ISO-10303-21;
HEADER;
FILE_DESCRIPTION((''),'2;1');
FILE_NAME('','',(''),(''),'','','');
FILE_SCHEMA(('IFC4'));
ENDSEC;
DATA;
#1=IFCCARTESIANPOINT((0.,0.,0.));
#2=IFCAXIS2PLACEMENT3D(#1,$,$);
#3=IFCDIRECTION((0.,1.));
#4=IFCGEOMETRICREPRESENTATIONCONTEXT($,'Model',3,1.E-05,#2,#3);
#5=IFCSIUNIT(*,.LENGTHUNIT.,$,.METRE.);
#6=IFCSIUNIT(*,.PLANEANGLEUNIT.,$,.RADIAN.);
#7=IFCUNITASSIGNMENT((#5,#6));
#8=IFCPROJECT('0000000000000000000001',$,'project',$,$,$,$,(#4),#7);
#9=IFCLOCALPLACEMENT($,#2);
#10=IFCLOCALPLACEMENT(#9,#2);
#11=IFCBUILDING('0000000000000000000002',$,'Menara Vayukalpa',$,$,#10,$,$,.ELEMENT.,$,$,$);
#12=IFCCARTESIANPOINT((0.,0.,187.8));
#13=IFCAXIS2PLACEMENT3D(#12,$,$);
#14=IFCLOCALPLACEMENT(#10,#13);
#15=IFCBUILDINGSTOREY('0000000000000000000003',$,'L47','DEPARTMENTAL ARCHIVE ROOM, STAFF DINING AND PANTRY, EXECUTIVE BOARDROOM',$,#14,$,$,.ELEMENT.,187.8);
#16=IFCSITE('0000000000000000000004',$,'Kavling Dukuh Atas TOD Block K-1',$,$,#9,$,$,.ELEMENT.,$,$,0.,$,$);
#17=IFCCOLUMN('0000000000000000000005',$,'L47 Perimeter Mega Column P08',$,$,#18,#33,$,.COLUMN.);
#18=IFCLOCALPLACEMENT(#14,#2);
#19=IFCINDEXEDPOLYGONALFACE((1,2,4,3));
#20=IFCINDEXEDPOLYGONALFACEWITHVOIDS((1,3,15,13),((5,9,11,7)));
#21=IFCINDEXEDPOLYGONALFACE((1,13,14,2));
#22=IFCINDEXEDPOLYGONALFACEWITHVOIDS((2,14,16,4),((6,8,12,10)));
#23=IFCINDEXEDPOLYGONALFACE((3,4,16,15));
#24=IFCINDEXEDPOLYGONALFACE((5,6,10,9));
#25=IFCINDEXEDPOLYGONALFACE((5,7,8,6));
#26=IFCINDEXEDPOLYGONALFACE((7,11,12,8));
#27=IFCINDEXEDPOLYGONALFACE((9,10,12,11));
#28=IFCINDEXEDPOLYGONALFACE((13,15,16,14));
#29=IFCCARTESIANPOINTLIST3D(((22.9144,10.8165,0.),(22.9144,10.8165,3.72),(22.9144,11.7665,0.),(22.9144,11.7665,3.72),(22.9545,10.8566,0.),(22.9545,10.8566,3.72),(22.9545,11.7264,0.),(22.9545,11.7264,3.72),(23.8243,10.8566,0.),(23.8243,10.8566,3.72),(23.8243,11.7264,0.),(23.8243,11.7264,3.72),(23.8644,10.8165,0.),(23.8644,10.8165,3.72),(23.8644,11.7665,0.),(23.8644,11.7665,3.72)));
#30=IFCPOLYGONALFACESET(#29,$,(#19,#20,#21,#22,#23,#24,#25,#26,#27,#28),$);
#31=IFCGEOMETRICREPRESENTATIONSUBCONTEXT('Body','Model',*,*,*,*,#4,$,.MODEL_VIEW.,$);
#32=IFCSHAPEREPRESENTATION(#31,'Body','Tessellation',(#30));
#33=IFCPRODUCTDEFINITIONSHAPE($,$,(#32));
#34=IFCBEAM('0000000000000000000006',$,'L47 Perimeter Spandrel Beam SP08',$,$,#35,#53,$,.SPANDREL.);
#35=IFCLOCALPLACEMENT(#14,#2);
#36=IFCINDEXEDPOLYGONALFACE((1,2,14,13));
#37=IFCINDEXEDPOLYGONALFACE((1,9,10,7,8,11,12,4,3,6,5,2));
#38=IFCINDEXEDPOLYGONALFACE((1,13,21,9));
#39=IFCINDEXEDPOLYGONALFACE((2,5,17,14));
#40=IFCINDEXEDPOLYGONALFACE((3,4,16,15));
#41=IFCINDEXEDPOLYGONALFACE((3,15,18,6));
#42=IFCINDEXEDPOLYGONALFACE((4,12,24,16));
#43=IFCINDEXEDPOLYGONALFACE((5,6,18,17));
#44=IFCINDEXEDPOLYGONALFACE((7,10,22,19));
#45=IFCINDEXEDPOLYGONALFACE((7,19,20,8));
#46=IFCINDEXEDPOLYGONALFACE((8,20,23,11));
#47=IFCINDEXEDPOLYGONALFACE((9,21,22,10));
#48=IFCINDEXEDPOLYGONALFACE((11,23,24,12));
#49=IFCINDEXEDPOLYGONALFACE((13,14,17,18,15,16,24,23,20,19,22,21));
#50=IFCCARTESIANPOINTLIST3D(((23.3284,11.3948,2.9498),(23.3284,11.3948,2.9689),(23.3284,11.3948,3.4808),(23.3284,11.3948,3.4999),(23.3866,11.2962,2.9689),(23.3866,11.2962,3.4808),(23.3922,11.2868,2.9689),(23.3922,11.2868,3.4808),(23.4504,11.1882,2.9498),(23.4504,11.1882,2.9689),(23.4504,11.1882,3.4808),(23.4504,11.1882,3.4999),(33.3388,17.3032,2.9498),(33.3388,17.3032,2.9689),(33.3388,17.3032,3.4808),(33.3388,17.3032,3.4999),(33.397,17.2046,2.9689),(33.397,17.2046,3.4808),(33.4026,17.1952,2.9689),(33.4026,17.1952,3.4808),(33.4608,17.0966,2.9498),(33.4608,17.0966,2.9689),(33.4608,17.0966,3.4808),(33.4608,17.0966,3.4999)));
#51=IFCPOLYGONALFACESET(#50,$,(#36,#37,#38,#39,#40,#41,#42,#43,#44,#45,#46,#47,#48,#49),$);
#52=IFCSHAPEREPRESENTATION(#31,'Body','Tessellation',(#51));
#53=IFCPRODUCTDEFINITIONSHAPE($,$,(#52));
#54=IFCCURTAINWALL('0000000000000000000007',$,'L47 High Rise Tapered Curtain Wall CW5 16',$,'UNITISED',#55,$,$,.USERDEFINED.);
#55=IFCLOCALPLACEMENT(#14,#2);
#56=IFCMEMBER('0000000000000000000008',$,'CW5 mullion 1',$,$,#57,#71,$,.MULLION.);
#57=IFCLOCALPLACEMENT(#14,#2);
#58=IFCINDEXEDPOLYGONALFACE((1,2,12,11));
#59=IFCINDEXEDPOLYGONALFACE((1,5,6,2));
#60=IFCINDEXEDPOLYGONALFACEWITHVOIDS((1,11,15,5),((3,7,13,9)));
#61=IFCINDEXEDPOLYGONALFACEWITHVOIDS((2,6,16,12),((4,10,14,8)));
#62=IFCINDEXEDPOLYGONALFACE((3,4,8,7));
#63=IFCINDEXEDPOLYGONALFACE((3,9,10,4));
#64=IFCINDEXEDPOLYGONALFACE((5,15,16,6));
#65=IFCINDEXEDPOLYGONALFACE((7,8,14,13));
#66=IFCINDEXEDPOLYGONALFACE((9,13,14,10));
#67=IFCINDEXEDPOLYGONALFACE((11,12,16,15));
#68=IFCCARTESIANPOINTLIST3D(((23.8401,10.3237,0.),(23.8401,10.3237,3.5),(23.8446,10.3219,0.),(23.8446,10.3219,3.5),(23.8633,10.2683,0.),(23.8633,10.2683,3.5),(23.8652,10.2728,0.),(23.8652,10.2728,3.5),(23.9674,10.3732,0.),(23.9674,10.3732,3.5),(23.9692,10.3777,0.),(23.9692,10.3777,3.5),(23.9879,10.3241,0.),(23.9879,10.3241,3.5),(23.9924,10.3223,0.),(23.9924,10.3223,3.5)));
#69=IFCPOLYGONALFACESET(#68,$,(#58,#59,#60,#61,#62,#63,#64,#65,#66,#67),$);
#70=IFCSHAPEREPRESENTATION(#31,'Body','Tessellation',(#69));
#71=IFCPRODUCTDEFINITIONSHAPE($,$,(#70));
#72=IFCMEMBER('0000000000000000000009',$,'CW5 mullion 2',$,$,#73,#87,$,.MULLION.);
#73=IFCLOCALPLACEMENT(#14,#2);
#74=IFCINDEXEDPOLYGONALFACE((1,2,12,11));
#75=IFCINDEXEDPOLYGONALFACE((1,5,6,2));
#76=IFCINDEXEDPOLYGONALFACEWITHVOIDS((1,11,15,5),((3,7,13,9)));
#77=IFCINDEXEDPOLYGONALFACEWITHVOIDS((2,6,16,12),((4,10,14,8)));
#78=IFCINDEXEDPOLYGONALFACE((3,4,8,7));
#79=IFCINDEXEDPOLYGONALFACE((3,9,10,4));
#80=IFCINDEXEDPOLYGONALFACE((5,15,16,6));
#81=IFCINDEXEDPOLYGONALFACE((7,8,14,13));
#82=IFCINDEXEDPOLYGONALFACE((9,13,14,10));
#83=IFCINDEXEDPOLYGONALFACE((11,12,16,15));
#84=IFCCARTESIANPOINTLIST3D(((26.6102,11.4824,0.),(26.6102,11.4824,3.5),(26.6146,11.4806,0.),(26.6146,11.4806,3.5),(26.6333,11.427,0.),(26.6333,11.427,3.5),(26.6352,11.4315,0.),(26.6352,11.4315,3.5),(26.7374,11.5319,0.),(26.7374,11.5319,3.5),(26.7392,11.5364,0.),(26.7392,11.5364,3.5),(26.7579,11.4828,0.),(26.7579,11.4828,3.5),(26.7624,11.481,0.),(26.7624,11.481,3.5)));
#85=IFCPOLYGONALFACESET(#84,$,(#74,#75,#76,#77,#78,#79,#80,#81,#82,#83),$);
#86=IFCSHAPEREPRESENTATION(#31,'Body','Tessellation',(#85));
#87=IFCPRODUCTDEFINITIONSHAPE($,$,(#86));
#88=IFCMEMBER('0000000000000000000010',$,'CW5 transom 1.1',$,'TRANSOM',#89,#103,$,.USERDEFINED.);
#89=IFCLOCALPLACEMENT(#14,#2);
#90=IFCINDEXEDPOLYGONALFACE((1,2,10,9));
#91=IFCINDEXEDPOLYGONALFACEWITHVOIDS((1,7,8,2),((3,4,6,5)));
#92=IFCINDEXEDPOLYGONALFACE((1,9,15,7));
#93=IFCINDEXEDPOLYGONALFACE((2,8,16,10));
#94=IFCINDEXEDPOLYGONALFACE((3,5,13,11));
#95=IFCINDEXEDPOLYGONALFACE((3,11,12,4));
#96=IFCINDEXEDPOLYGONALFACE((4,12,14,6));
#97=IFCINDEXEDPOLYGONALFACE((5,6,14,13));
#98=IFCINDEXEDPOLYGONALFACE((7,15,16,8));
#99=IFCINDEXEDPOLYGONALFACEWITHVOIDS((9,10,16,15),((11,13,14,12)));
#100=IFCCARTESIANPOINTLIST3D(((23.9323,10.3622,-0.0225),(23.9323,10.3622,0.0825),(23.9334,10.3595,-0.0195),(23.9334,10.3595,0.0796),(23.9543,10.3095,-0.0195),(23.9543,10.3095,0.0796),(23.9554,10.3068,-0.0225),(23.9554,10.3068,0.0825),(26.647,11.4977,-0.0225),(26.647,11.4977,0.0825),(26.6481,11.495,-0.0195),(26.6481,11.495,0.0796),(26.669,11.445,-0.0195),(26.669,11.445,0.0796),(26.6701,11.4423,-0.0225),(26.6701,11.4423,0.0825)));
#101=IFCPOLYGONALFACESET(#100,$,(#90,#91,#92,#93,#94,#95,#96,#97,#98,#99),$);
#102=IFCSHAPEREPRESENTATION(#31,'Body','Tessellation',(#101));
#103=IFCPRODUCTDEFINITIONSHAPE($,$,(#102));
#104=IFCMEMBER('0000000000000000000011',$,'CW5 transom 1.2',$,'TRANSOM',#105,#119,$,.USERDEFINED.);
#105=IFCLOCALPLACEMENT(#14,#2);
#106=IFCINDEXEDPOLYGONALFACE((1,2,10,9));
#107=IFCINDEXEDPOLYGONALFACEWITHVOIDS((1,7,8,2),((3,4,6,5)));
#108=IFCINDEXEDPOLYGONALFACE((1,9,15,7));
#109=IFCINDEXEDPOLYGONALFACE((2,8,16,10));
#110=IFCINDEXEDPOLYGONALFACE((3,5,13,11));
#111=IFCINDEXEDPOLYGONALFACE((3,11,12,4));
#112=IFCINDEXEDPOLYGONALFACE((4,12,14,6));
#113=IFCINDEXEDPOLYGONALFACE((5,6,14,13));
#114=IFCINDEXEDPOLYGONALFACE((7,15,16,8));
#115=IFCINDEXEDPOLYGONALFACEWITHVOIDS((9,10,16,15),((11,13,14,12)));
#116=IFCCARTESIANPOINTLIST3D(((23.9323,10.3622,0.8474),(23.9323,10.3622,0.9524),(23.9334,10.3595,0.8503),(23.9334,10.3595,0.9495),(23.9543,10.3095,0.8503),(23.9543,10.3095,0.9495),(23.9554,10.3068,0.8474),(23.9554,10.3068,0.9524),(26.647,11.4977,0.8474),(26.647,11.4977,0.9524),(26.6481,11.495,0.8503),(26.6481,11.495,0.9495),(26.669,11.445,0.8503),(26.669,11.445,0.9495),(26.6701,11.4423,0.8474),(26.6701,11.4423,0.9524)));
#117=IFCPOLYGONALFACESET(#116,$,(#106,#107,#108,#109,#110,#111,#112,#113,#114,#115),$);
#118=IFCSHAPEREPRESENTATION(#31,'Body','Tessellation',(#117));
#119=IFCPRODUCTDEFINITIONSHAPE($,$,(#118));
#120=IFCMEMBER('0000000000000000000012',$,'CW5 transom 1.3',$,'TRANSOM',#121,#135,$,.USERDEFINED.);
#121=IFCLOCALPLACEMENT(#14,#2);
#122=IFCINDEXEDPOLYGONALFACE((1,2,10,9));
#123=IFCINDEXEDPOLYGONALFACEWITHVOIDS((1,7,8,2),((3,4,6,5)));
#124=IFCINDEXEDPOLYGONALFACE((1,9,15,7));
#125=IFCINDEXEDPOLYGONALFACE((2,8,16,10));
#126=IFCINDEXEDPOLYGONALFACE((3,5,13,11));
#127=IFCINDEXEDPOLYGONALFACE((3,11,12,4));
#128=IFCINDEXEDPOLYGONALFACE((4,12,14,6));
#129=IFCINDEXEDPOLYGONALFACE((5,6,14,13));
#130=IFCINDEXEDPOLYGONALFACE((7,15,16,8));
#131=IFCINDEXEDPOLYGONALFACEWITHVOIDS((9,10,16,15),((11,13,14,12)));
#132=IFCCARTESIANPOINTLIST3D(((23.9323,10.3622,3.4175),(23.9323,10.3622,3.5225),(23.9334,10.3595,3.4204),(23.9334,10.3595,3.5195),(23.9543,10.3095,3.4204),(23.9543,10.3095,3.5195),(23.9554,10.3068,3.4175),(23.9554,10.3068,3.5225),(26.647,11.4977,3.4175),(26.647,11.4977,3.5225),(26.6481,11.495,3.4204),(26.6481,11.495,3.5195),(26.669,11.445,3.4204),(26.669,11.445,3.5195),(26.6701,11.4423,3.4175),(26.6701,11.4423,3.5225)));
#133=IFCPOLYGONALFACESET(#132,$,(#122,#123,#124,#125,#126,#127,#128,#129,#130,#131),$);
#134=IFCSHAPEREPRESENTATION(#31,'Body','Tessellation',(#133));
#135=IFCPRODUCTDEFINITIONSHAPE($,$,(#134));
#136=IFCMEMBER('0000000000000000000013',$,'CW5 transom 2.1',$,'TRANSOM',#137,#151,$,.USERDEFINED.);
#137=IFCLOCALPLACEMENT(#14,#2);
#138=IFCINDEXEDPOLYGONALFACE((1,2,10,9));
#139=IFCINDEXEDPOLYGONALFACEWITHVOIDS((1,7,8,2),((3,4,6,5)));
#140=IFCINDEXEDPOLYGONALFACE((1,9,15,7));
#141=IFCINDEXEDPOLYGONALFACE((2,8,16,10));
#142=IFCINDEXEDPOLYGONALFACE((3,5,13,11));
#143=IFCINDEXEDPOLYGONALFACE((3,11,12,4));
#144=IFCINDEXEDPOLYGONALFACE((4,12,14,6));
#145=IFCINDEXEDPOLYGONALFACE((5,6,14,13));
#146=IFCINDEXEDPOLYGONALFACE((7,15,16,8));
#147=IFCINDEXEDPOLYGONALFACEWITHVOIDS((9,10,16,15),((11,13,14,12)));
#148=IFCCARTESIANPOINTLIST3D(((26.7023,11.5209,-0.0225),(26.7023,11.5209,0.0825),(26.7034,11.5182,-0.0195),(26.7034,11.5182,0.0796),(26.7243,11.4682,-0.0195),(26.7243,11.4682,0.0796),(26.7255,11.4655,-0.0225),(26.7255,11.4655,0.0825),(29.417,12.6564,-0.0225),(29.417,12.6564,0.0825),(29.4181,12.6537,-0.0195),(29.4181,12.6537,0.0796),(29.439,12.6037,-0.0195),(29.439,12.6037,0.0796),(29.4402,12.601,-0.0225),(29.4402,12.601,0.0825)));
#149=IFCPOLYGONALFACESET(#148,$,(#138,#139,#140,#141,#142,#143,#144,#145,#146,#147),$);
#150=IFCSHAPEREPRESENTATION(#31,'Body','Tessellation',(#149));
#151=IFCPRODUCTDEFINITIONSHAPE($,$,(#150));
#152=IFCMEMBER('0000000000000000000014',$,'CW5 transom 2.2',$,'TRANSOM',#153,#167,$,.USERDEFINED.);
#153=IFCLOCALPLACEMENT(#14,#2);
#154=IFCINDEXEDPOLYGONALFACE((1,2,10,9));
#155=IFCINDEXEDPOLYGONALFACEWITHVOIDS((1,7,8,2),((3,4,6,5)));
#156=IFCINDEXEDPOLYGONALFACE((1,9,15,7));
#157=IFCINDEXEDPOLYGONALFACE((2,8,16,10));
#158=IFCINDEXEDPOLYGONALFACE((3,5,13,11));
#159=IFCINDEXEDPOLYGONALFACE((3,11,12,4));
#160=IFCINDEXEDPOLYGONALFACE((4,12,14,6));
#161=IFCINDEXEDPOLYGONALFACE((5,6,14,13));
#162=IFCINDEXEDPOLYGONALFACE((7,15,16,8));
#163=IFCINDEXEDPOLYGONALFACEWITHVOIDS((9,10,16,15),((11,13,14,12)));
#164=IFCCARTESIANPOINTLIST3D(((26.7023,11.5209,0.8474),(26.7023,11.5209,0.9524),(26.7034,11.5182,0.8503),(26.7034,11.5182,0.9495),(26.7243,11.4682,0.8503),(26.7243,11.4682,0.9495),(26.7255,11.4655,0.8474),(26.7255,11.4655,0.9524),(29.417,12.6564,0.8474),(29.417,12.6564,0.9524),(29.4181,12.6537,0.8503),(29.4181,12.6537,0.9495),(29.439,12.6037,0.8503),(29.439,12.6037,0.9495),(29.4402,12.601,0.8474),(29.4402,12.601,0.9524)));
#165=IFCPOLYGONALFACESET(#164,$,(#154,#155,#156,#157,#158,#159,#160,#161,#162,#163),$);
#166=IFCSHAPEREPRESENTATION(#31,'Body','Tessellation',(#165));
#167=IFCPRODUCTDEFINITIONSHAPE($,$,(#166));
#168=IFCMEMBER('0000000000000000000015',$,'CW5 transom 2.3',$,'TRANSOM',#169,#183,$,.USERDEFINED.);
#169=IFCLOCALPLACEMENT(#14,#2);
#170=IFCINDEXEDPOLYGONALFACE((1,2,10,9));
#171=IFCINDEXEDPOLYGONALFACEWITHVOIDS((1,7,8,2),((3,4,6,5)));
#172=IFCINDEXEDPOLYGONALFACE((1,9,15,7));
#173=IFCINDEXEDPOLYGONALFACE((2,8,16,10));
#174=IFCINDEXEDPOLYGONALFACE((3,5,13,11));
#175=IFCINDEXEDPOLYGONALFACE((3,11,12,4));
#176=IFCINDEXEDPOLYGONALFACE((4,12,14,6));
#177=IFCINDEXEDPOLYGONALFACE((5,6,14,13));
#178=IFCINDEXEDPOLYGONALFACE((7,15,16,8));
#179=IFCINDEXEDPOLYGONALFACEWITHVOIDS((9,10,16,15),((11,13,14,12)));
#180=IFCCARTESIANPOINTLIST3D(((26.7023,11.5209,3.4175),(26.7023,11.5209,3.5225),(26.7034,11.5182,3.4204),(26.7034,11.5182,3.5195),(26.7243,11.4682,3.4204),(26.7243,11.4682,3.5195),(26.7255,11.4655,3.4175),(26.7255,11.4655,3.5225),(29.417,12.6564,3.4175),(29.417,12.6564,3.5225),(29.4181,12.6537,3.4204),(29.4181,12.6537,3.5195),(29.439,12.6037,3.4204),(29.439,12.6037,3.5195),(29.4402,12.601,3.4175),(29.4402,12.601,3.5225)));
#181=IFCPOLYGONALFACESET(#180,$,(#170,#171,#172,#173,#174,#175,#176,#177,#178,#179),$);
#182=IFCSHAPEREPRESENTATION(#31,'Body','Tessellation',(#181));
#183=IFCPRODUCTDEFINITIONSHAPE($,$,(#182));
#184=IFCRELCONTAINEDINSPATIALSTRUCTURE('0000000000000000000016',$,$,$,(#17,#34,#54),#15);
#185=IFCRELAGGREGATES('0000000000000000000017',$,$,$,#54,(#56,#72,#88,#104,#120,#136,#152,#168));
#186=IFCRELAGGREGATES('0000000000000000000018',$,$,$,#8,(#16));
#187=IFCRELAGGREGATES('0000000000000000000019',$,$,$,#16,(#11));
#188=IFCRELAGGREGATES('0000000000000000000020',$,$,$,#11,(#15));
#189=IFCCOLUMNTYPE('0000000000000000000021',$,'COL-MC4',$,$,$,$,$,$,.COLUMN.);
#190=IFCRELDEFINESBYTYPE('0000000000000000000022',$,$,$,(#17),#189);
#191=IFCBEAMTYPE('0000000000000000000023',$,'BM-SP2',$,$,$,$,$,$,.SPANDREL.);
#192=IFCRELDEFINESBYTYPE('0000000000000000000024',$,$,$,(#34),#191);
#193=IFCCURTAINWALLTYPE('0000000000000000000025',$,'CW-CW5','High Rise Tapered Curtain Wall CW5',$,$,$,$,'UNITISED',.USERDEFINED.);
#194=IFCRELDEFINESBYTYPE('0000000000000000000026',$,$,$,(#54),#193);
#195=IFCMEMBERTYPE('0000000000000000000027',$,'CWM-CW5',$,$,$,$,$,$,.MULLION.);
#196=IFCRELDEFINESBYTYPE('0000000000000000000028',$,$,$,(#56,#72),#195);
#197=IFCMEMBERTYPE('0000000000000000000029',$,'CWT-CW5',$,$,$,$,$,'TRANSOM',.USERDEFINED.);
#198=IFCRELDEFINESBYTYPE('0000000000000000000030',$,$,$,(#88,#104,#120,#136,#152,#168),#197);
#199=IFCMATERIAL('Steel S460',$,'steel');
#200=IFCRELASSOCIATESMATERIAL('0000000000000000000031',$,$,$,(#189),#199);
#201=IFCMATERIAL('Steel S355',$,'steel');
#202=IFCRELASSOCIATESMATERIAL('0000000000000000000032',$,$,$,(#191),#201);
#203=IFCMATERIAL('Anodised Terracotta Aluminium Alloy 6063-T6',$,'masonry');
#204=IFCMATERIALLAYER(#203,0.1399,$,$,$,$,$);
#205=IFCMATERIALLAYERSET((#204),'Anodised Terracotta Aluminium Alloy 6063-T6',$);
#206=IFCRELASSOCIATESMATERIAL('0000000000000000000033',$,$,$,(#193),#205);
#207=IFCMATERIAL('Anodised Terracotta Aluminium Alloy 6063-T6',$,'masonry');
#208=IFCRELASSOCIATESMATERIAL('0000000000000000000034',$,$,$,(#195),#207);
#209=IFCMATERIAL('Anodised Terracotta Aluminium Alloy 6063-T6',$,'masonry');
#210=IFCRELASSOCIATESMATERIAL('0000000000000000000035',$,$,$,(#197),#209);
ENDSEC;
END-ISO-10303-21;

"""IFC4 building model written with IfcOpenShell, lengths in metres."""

from ifc_helpers import new_model, si_unit, direction, frame, origin, origin_2d, place, context, subcontext, project, spatial, hollow_rectangle, i_section, extrude, material, layer, layer_set, material_profile, profile_set, type_object, element, aggregate, save


model = new_model("IFC4")

# Units and contexts
model_context = context("Model", 3, precision=1e-05, world=origin(), true_north=direction((0.0, 1.0)))
body_context = subcontext(model_context, "Body", "Model", "MODEL_VIEW")
ifc_project = project(units=[si_unit("LENGTHUNIT", "METRE"), si_unit("PLANEANGLEUNIT", "RADIAN")], contexts=[model_context])

# Site, building, storey
site_placement = place(None, origin())
site = spatial("IfcSite", under=ifc_project, at=site_placement, Name="Kavling Dukuh Atas TOD Block K-1", CompositionType="ELEMENT", RefElevation=0.0)
building_placement = place(site_placement, origin())
building = spatial("IfcBuilding", under=site, at=building_placement, Name="Menara Vayukalpa", CompositionType="ELEMENT")
storey_placement = place(building_placement, frame((0.0, 0.0, 187.8)))
storey = spatial("IfcBuildingStorey", under=building, at=storey_placement, Name="L47", Description="DEPARTMENTAL ARCHIVE ROOM, STAFF DINING AND PANTRY, EXECUTIVE BOARDROOM", CompositionType="ELEMENT", Elevation=187.8)

# Column
ifc_material_1 = material(Name="Steel S460", Category="steel")
ifc_material_profile_1 = material_profile(ifc_material_1, hollow_rectangle(XDim=0.95, YDim=0.95, WallThickness=0.04, at=origin_2d()), Name="BOX 950x950x40")
ifc_profile_set_1 = profile_set([ifc_material_profile_1], Name="Steel S460")
column_type = type_object("IfcColumnType", Name="COL-MC4", PredefinedType="COLUMN", material=ifc_profile_set_1)
column_placement = place(storey_placement, frame((23.3894, 11.2915, 0.0), z_axis=(0.0, 0.0, 1.0), x_axis=(1.0, 0.0, 0.0)))
element("IfcColumn", 1, at=column_placement, inside=storey, type_object=column_type, Name="L47 Perimeter Mega Column P08", PredefinedType="COLUMN", context=body_context, shape_type="SweptSolid", body=[
    extrude(hollow_rectangle(XDim=0.95, YDim=0.95, WallThickness=0.04, at=origin_2d()), origin(), (0.0, 0.0, 1.0), 3.72),
])

# Beam
ifc_material_2 = material(Name="Steel S355", Category="steel")
ifc_material_profile_2 = material_profile(ifc_material_2, i_section(OverallWidth=0.24, OverallDepth=0.55, WebThickness=0.011, FlangeThickness=0.019, at=origin_2d()), Name="WF 550x240x11x19")
ifc_profile_set_2 = profile_set([ifc_material_profile_2], Name="Steel S355")
beam_type = type_object("IfcBeamType", Name="BM-SP2", PredefinedType="SPANDREL", material=ifc_profile_set_2)
beam_placement = place(storey_placement, frame((23.3894, 11.2915, 3.2249), z_axis=(0.861184, 0.508293, 0.0), x_axis=(-0.508293, 0.861184, 0.0)))
element("IfcBeam", 2, at=beam_placement, inside=storey, type_object=beam_type, Name="L47 Perimeter Spandrel Beam SP08", PredefinedType="SPANDREL", context=body_context, shape_type="SweptSolid", body=[
    extrude(i_section(OverallWidth=0.24, OverallDepth=0.55, WebThickness=0.011, FlangeThickness=0.019, at=origin_2d()), origin(), (0.0, 0.0, 1.0), 11.624),
])

# Curtain wall, members
ifc_material_3 = material(Name="Anodised Terracotta Aluminium Alloy 6063-T6", Category="masonry")
ifc_layer_1 = layer(ifc_material_3, 0.1399)
ifc_layer_set_1 = layer_set([ifc_layer_1], Name="Anodised Terracotta Aluminium Alloy 6063-T6")
curtain_wall_type = type_object("IfcCurtainWallType", Name="CW-CW5", Description="High Rise Tapered Curtain Wall CW5", ElementType="UNITISED", PredefinedType="USERDEFINED", material=ifc_layer_set_1)
curtain_wall_placement = place(storey_placement, origin())
curtain_wall = element("IfcCurtainWall", 3, at=curtain_wall_placement, inside=storey, type_object=curtain_wall_type, Name="L47 High Rise Tapered Curtain Wall CW5 16", ObjectType="UNITISED", PredefinedType="USERDEFINED")
ifc_material_4 = material(Name="Anodised Terracotta Aluminium Alloy 6063-T6", Category="masonry")
ifc_material_profile_3 = material_profile(ifc_material_4, hollow_rectangle(XDim=0.0601, YDim=0.1399, WallThickness=0.0034, at=origin_2d()), Name="ALU 60x140x3.5")
ifc_profile_set_3 = profile_set([ifc_material_profile_3], Name="Anodised Terracotta Aluminium Alloy 6063-T6")
member_type_1 = type_object("IfcMemberType", Name="CWM-CW5", PredefinedType="MULLION", material=ifc_profile_set_3)
member_1_placement = place(storey_placement, frame((23.9163, 10.323, 0.0), z_axis=(0.0, 0.0, 1.0), x_axis=(-0.385903, 0.922539, 0.0)))
member_1 = element("IfcMember", 4, at=member_1_placement, type_object=member_type_1, Name="CW5 mullion 1", PredefinedType="MULLION", context=body_context, shape_type="SweptSolid", body=[
    extrude(hollow_rectangle(XDim=0.0601, YDim=0.1399, WallThickness=0.0034, at=origin_2d()), origin(), (0.0, 0.0, 1.0), 3.5),
])
member_2_placement = place(storey_placement, frame((26.6863, 11.4817, 0.0), z_axis=(0.0, 0.0, 1.0), x_axis=(-0.385903, 0.922539, 0.0)))
member_2 = element("IfcMember", 5, at=member_2_placement, type_object=member_type_1, Name="CW5 mullion 2", PredefinedType="MULLION", context=body_context, shape_type="SweptSolid", body=[
    extrude(hollow_rectangle(XDim=0.0601, YDim=0.1399, WallThickness=0.0034, at=origin_2d()), origin(), (0.0, 0.0, 1.0), 3.5),
])
ifc_material_5 = material(Name="Anodised Terracotta Aluminium Alloy 6063-T6", Category="masonry")
ifc_material_profile_4 = material_profile(ifc_material_5, hollow_rectangle(XDim=0.0601, YDim=0.105, WallThickness=0.0029, at=origin_2d()), Name="ALU 60x105x3")
ifc_profile_set_4 = profile_set([ifc_material_profile_4], Name="Anodised Terracotta Aluminium Alloy 6063-T6")
member_type_2 = type_object("IfcMemberType", Name="CWT-CW5", ElementType="TRANSOM", PredefinedType="USERDEFINED", material=ifc_profile_set_4)
member_3_placement = place(storey_placement, frame((23.9438, 10.3345, 0.03), z_axis=(0.922543, 0.385893, 0.0), x_axis=(-0.385893, 0.922543, 0.0)))
member_3 = element("IfcMember", 6, at=member_3_placement, type_object=member_type_2, Name="CW5 transom 1.1", ObjectType="TRANSOM", PredefinedType="USERDEFINED", context=body_context, shape_type="SweptSolid", body=[
    extrude(hollow_rectangle(XDim=0.0601, YDim=0.105, WallThickness=0.0029, at=origin_2d()), origin(), (0.0, 0.0, 1.0), 2.9426),
])
member_4_placement = place(storey_placement, frame((23.9438, 10.3345, 0.8999), z_axis=(0.922543, 0.385893, 0.0), x_axis=(-0.385893, 0.922543, 0.0)))
member_4 = element("IfcMember", 7, at=member_4_placement, type_object=member_type_2, Name="CW5 transom 1.2", ObjectType="TRANSOM", PredefinedType="USERDEFINED", context=body_context, shape_type="SweptSolid", body=[
    extrude(hollow_rectangle(XDim=0.0601, YDim=0.105, WallThickness=0.0029, at=origin_2d()), origin(), (0.0, 0.0, 1.0), 2.9426),
])
member_5_placement = place(storey_placement, frame((23.9438, 10.3345, 3.47), z_axis=(0.922543, 0.385893, 0.0), x_axis=(-0.385893, 0.922543, 0.0)))
member_5 = element("IfcMember", 8, at=member_5_placement, type_object=member_type_2, Name="CW5 transom 1.3", ObjectType="TRANSOM", PredefinedType="USERDEFINED", context=body_context, shape_type="SweptSolid", body=[
    extrude(hollow_rectangle(XDim=0.0601, YDim=0.105, WallThickness=0.0029, at=origin_2d()), origin(), (0.0, 0.0, 1.0), 2.9426),
])
member_6_placement = place(storey_placement, frame((26.7139, 11.4932, 0.03), z_axis=(0.922543, 0.385893, 0.0), x_axis=(-0.385893, 0.922543, 0.0)))
member_6 = element("IfcMember", 9, at=member_6_placement, type_object=member_type_2, Name="CW5 transom 2.1", ObjectType="TRANSOM", PredefinedType="USERDEFINED", context=body_context, shape_type="SweptSolid", body=[
    extrude(hollow_rectangle(XDim=0.0601, YDim=0.105, WallThickness=0.0029, at=origin_2d()), origin(), (0.0, 0.0, 1.0), 2.9426),
])
member_7_placement = place(storey_placement, frame((26.7139, 11.4932, 0.8999), z_axis=(0.922543, 0.385893, 0.0), x_axis=(-0.385893, 0.922543, 0.0)))
member_7 = element("IfcMember", 10, at=member_7_placement, type_object=member_type_2, Name="CW5 transom 2.2", ObjectType="TRANSOM", PredefinedType="USERDEFINED", context=body_context, shape_type="SweptSolid", body=[
    extrude(hollow_rectangle(XDim=0.0601, YDim=0.105, WallThickness=0.0029, at=origin_2d()), origin(), (0.0, 0.0, 1.0), 2.9426),
])
member_8_placement = place(storey_placement, frame((26.7139, 11.4932, 3.47), z_axis=(0.922543, 0.385893, 0.0), x_axis=(-0.385893, 0.922543, 0.0)))
member_8 = element("IfcMember", 11, at=member_8_placement, type_object=member_type_2, Name="CW5 transom 2.3", ObjectType="TRANSOM", PredefinedType="USERDEFINED", context=body_context, shape_type="SweptSolid", body=[
    extrude(hollow_rectangle(XDim=0.0601, YDim=0.105, WallThickness=0.0029, at=origin_2d()), origin(), (0.0, 0.0, 1.0), 2.9426),
])
aggregate(curtain_wall, [member_1, member_2, member_3, member_4, member_5, member_6, member_7, member_8])

save(model, "model.ifc")
